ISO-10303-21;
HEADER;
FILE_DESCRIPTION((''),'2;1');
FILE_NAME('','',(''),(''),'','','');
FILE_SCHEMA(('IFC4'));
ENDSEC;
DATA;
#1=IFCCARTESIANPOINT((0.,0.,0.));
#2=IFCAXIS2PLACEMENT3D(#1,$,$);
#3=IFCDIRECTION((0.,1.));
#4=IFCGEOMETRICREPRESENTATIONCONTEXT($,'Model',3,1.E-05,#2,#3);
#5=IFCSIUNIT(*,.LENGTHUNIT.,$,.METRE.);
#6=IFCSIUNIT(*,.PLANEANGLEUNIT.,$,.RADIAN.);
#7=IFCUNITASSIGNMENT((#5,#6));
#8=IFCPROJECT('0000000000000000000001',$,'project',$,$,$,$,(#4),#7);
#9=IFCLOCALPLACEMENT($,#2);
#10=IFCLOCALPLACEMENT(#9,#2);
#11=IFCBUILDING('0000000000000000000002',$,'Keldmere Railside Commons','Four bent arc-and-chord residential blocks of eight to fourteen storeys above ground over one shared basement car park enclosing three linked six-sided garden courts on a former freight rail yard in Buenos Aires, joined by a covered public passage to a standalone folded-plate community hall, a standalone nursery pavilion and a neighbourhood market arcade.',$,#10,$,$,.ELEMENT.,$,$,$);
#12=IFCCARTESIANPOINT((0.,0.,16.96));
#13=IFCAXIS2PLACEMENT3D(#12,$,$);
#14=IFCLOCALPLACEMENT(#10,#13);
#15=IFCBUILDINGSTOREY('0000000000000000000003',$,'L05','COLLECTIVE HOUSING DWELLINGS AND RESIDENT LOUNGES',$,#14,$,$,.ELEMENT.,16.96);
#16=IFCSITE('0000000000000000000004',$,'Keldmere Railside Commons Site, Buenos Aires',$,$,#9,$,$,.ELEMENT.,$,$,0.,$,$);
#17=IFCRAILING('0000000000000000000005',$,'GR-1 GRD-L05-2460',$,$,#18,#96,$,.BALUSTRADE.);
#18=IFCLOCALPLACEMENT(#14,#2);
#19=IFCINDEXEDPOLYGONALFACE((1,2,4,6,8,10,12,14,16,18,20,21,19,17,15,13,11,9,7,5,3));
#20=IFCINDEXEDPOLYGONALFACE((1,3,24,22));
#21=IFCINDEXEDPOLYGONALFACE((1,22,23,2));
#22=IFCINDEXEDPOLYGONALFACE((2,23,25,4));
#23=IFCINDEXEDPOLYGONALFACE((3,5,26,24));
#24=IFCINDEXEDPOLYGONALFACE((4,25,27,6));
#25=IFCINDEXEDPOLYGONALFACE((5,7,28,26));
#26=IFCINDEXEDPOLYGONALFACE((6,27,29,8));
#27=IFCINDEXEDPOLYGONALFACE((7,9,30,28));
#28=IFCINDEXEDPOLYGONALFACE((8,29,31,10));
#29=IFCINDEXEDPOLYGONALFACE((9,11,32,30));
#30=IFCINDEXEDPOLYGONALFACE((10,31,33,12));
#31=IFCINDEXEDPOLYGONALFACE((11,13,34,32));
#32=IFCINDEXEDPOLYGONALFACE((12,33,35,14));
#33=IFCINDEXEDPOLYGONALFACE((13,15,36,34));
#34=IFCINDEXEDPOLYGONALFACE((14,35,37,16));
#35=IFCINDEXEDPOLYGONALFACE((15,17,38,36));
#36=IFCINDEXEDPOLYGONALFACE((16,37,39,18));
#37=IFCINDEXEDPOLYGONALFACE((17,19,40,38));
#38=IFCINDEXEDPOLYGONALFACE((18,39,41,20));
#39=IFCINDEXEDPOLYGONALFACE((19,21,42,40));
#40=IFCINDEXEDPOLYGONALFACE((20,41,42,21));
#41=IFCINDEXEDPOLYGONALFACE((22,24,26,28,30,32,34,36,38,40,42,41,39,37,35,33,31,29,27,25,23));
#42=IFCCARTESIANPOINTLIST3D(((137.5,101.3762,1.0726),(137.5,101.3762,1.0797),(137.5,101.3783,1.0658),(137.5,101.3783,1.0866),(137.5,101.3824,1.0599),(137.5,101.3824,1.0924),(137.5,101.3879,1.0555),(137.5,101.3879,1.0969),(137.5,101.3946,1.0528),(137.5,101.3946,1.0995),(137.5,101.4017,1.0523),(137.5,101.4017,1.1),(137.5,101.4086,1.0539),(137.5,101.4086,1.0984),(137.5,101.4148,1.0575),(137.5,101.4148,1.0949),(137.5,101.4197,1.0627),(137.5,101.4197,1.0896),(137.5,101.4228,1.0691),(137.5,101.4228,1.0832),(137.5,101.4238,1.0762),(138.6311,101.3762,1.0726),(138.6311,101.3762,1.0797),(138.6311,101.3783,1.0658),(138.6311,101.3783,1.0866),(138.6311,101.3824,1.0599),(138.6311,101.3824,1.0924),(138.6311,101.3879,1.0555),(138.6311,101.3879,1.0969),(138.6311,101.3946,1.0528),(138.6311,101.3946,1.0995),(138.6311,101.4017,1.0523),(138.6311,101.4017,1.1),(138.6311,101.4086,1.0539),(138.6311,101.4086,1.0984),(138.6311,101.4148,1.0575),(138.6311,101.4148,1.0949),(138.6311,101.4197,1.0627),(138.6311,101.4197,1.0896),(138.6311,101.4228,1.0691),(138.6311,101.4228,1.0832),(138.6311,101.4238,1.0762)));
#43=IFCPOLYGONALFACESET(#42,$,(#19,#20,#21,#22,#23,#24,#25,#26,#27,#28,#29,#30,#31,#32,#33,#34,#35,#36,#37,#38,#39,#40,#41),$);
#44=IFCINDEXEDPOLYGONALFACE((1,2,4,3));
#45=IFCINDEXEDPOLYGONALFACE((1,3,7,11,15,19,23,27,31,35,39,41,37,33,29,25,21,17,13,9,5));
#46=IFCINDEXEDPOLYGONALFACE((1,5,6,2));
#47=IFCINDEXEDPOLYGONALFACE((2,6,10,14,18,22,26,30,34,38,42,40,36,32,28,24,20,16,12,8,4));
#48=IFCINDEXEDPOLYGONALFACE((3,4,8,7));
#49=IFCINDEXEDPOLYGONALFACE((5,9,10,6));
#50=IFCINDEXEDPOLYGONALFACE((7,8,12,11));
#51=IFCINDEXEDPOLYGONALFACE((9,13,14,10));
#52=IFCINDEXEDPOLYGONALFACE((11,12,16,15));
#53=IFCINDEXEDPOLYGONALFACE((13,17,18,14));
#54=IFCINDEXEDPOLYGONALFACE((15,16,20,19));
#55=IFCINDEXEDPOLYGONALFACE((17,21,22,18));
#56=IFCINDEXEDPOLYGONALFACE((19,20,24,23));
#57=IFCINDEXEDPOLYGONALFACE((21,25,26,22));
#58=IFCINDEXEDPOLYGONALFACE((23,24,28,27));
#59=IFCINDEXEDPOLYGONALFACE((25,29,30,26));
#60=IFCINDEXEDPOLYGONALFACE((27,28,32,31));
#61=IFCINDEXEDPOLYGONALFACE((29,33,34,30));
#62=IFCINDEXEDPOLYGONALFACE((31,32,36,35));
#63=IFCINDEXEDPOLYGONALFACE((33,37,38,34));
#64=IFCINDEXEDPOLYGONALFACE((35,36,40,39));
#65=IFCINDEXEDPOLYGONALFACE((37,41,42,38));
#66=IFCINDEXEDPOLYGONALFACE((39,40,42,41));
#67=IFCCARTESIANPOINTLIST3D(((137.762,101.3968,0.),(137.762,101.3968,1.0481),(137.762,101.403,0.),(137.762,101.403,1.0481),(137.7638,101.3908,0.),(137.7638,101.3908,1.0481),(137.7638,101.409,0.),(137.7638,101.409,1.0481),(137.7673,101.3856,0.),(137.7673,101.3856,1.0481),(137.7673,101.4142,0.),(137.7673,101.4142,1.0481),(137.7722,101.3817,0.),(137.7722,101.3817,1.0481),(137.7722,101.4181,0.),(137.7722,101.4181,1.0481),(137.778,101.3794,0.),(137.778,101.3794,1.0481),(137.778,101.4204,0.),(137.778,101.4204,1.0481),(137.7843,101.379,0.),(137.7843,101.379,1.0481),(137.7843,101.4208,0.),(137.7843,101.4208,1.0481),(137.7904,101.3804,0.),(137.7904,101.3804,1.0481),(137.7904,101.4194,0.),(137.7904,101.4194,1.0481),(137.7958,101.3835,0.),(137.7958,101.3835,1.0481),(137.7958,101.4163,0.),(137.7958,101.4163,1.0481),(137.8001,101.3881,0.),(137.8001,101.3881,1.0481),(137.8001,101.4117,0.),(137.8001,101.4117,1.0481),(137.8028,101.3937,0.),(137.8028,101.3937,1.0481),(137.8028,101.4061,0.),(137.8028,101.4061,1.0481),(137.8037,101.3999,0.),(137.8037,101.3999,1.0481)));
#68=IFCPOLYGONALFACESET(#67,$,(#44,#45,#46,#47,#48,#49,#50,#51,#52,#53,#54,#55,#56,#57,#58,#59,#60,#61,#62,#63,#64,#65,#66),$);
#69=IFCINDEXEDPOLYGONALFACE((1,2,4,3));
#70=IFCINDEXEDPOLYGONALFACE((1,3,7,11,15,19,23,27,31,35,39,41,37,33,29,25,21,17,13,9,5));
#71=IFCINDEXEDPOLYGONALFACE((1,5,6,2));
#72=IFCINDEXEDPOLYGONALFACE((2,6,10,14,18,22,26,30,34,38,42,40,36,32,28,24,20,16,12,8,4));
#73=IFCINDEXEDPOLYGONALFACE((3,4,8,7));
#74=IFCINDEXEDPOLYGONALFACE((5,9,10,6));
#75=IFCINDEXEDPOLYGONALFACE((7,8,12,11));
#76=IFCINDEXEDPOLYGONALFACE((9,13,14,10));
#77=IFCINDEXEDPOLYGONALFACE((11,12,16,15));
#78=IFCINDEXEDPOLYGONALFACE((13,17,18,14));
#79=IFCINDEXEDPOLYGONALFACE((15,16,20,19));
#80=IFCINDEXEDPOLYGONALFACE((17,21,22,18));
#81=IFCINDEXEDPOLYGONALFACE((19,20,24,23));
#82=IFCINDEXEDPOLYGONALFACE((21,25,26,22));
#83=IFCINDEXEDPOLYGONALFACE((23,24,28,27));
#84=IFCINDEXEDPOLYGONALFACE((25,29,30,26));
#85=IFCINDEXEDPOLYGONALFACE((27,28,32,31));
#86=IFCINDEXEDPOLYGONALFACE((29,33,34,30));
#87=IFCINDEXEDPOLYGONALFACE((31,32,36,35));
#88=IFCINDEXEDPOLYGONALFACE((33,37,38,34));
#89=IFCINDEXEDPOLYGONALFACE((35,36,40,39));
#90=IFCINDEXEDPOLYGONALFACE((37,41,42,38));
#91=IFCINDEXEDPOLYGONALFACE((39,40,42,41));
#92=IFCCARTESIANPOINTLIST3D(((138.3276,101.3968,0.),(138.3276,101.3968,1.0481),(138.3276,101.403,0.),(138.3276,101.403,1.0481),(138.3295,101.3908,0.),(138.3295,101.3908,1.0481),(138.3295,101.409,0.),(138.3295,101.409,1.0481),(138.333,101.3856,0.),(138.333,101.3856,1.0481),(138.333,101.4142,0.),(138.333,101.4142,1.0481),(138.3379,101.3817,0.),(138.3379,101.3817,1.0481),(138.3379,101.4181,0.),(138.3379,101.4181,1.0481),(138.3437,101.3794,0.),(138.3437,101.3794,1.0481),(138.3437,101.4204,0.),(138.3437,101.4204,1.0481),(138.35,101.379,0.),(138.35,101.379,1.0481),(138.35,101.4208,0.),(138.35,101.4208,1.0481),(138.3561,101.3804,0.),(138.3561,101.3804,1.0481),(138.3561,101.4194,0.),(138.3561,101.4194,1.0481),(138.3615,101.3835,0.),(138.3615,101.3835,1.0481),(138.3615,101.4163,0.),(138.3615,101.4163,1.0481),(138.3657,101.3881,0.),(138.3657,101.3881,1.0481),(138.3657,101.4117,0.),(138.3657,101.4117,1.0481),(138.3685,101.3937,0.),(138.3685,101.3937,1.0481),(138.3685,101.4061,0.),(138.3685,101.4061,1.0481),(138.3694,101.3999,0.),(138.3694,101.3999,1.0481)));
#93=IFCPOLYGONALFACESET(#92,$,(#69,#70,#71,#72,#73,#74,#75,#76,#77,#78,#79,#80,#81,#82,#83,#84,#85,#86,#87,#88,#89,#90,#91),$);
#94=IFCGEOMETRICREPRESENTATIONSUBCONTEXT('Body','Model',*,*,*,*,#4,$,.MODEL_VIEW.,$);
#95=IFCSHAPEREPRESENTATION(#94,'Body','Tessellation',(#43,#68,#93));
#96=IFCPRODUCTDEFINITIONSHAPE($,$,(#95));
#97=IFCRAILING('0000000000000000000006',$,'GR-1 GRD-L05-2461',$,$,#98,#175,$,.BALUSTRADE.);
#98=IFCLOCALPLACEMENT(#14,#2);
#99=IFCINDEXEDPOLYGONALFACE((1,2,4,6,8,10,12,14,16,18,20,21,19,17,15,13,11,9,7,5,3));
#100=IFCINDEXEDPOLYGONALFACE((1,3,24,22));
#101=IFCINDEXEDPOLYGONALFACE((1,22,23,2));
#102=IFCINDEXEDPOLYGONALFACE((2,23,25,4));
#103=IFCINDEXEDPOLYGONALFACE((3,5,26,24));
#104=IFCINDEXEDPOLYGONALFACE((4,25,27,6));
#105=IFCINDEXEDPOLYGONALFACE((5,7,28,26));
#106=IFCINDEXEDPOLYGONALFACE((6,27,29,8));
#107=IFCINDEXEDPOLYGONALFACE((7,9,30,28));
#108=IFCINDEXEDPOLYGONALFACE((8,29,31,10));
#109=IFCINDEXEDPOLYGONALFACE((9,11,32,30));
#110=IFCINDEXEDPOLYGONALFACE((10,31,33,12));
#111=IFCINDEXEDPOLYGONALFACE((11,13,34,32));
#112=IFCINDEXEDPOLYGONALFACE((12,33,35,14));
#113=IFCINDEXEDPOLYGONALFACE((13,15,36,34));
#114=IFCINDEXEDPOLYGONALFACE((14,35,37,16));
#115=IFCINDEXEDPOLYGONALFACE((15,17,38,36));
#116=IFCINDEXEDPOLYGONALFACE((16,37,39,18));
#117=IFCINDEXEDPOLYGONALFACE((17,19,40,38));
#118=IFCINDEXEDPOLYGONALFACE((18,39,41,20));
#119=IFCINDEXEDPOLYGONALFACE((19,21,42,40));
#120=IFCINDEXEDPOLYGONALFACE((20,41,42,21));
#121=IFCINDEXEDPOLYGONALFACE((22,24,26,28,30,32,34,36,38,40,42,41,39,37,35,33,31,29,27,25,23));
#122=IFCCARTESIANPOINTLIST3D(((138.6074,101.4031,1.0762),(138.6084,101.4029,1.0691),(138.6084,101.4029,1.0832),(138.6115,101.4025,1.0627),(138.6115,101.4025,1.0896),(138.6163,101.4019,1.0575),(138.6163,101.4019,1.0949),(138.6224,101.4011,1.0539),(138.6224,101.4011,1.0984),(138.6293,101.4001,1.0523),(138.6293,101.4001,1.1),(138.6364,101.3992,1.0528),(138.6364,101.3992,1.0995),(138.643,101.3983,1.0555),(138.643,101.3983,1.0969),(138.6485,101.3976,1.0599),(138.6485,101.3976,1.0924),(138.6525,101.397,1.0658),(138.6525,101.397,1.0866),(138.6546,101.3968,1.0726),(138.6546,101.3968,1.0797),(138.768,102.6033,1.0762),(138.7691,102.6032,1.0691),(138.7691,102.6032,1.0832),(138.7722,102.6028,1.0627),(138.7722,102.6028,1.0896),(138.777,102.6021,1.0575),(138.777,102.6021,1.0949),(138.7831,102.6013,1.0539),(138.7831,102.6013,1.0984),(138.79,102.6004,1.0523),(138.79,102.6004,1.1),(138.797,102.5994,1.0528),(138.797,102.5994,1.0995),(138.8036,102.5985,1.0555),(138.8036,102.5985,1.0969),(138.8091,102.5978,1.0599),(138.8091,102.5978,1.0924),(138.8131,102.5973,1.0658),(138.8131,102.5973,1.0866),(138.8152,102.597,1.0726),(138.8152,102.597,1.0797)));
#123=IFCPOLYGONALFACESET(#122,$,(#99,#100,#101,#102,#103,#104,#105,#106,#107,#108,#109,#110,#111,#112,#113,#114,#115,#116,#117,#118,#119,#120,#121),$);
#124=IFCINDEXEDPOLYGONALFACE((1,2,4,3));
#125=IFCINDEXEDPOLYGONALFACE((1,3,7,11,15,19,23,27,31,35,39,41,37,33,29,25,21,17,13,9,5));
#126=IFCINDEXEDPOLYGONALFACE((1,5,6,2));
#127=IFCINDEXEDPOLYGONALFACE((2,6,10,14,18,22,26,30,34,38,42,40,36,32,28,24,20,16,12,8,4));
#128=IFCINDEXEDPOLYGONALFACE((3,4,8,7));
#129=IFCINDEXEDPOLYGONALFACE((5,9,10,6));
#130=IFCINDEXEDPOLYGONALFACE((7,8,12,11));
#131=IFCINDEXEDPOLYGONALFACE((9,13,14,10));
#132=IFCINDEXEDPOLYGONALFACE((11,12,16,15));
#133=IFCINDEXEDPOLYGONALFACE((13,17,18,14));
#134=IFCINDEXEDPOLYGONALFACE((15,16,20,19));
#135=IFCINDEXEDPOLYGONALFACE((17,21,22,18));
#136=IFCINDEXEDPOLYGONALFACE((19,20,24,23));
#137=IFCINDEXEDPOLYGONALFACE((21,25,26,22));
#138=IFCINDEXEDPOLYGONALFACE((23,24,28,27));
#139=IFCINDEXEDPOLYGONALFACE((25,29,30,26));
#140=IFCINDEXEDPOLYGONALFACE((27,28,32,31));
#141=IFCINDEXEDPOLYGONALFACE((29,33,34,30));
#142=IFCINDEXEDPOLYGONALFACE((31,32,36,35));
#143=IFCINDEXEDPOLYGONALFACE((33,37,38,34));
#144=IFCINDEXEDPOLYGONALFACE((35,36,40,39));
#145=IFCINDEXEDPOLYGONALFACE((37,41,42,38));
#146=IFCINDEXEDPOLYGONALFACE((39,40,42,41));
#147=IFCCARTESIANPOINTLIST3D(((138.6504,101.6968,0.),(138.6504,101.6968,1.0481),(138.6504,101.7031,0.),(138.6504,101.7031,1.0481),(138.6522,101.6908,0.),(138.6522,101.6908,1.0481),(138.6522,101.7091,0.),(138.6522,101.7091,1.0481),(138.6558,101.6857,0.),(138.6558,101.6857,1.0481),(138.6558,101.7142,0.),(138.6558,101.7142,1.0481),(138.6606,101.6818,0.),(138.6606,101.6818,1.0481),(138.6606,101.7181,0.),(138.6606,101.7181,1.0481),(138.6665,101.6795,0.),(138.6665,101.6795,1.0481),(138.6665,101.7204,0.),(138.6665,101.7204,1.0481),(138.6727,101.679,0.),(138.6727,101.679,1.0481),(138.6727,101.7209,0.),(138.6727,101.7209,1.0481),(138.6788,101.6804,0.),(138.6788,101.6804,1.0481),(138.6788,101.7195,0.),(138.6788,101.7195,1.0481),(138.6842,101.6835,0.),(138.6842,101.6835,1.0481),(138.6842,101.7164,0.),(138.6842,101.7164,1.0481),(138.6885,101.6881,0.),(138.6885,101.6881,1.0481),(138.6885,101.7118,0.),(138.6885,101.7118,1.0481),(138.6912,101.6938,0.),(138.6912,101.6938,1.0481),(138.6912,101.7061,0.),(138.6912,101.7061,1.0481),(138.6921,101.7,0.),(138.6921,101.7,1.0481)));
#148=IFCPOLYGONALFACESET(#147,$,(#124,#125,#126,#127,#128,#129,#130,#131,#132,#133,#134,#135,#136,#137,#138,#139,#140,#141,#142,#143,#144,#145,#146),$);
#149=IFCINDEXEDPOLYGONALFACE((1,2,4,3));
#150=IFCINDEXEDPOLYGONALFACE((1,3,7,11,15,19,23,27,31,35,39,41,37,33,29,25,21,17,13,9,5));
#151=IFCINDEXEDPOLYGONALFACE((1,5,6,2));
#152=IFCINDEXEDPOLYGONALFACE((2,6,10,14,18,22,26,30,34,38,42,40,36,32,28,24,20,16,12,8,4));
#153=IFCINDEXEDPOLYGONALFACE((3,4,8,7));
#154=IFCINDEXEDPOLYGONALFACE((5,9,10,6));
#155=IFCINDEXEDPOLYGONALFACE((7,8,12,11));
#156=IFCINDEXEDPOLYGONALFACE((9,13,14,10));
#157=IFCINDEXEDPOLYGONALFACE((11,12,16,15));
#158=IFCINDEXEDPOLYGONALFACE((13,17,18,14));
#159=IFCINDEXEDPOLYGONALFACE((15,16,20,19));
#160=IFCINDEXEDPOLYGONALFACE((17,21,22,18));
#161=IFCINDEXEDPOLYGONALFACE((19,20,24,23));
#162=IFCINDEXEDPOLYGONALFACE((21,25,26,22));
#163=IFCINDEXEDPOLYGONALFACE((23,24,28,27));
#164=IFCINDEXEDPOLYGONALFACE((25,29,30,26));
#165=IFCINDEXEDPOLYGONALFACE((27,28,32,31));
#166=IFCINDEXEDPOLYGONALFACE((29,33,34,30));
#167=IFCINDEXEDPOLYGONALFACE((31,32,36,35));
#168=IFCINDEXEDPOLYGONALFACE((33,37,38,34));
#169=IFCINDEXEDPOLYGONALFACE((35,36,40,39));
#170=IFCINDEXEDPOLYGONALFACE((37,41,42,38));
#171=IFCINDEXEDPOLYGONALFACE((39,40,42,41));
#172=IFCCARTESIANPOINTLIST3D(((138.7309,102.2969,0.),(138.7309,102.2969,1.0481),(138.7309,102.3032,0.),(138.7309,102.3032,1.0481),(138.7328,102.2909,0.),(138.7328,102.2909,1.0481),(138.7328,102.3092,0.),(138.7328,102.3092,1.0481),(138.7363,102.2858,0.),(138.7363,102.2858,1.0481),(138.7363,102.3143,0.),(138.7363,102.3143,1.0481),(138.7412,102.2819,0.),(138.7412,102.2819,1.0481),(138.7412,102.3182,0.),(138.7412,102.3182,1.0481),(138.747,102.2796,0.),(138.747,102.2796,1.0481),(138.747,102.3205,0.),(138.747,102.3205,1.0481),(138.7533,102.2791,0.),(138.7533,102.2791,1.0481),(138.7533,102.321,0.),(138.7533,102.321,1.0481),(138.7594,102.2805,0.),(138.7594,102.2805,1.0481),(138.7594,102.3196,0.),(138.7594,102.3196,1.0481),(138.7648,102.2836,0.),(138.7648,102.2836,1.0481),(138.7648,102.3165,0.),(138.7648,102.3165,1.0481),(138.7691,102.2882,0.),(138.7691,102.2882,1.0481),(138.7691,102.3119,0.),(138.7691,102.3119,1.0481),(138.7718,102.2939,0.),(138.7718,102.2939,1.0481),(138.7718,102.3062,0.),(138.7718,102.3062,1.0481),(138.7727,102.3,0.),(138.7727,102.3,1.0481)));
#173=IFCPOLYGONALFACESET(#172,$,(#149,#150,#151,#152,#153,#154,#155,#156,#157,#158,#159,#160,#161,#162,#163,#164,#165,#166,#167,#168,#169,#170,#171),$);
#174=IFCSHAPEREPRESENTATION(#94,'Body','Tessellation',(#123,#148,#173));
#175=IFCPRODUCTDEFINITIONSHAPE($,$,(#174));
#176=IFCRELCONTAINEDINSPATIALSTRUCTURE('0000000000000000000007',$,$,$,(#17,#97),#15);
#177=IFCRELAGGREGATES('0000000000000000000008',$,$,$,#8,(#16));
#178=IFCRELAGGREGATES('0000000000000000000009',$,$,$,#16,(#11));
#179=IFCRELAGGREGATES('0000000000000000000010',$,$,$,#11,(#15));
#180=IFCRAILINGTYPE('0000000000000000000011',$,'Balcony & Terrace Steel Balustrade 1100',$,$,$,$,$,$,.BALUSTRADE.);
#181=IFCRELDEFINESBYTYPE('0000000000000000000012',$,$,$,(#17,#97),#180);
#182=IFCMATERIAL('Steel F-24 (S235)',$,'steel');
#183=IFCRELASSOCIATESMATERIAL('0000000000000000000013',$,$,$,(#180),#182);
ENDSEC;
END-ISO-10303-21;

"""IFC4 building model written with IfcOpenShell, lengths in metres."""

from ifc_helpers import new_model, si_unit, direction, frame, origin, origin_2d, place, context, subcontext, project, spatial, circle, extrude, material, type_object, element, save


model = new_model("IFC4")

# Units and contexts
model_context = context("Model", 3, precision=1e-05, world=origin(), true_north=direction((0.0, 1.0)))
body_context = subcontext(model_context, "Body", "Model", "MODEL_VIEW")
ifc_project = project(units=[si_unit("LENGTHUNIT", "METRE"), si_unit("PLANEANGLEUNIT", "RADIAN")], contexts=[model_context])

# Site, building, storey
site_placement = place(None, origin())
site = spatial("IfcSite", under=ifc_project, at=site_placement, Name="Keldmere Railside Commons Site, Buenos Aires", CompositionType="ELEMENT", RefElevation=0.0)
building_placement = place(site_placement, origin())
building = spatial("IfcBuilding", under=site, at=building_placement, Name="Keldmere Railside Commons", Description="Four bent arc-and-chord residential blocks of eight to fourteen storeys above ground over one shared basement car park enclosing three linked six-sided garden courts on a former freight rail yard in Buenos Aires, joined by a covered public passage to a standalone folded-plate community hall, a standalone nursery pavilion and a neighbourhood market arcade.", CompositionType="ELEMENT")
storey_placement = place(building_placement, frame((0.0, 0.0, 16.96)))
storey = spatial("IfcBuildingStorey", under=building, at=storey_placement, Name="L05", Description="COLLECTIVE HOUSING DWELLINGS AND RESIDENT LOUNGES", CompositionType="ELEMENT", Elevation=16.96)

# Railings
ifc_material_1 = material(Name="Steel F-24 (S235)", Category="steel")
railing_type_1 = type_object("IfcRailingType", Name="Balcony & Terrace Steel Balustrade 1100", PredefinedType="BALUSTRADE", material=ifc_material_1)
railing_1_placement = place(storey_placement, frame((137.5, 101.3999, 0.0)))
element("IfcRailing", 1, at=railing_1_placement, inside=storey, type_object=railing_type_1, Name="GR-1 GRD-L05-2460", PredefinedType="BALUSTRADE", context=body_context, shape_type="SweptSolid", body=[
    extrude(circle(Radius=0.0239, at=origin_2d()), frame((0.0, 0.0, 1.0762), z_axis=(1.0, 0.0, 0.0), x_axis=(0.0, 1.0, 0.0)), (0.0, 0.0, 1.0), 1.1311),
    extrude(circle(Radius=0.021, at=origin_2d()), frame((0.2827, 0.0, 0.0)), (0.0, 0.0, 1.0), 1.0481),
    extrude(circle(Radius=0.021, at=origin_2d()), frame((0.8484, 0.0, 0.0)), (0.0, 0.0, 1.0), 1.0481),
])
railing_2_placement = place(storey_placement, frame((138.6311, 101.3999, 0.0)))
element("IfcRailing", 2, at=railing_2_placement, inside=storey, type_object=railing_type_1, Name="GR-1 GRD-L05-2461", PredefinedType="BALUSTRADE", context=body_context, shape_type="SweptSolid", body=[
    extrude(circle(Radius=0.0239, at=origin_2d()), frame((0.0, 0.0, 1.0762), z_axis=(0.132666, 0.991161, 0.0), x_axis=(-0.991161, 0.132666, 0.0)), (0.0, 0.0, 1.0), 1.2109),
    extrude(circle(Radius=0.021, at=origin_2d()), frame((0.04, 0.3, 0.0)), (0.0, 0.0, 1.0), 1.0481),
    extrude(circle(Radius=0.021, at=origin_2d()), frame((0.1206, 0.9001, 0.0)), (0.0, 0.0, 1.0), 1.0481),
])

save(model, "model.ifc")
